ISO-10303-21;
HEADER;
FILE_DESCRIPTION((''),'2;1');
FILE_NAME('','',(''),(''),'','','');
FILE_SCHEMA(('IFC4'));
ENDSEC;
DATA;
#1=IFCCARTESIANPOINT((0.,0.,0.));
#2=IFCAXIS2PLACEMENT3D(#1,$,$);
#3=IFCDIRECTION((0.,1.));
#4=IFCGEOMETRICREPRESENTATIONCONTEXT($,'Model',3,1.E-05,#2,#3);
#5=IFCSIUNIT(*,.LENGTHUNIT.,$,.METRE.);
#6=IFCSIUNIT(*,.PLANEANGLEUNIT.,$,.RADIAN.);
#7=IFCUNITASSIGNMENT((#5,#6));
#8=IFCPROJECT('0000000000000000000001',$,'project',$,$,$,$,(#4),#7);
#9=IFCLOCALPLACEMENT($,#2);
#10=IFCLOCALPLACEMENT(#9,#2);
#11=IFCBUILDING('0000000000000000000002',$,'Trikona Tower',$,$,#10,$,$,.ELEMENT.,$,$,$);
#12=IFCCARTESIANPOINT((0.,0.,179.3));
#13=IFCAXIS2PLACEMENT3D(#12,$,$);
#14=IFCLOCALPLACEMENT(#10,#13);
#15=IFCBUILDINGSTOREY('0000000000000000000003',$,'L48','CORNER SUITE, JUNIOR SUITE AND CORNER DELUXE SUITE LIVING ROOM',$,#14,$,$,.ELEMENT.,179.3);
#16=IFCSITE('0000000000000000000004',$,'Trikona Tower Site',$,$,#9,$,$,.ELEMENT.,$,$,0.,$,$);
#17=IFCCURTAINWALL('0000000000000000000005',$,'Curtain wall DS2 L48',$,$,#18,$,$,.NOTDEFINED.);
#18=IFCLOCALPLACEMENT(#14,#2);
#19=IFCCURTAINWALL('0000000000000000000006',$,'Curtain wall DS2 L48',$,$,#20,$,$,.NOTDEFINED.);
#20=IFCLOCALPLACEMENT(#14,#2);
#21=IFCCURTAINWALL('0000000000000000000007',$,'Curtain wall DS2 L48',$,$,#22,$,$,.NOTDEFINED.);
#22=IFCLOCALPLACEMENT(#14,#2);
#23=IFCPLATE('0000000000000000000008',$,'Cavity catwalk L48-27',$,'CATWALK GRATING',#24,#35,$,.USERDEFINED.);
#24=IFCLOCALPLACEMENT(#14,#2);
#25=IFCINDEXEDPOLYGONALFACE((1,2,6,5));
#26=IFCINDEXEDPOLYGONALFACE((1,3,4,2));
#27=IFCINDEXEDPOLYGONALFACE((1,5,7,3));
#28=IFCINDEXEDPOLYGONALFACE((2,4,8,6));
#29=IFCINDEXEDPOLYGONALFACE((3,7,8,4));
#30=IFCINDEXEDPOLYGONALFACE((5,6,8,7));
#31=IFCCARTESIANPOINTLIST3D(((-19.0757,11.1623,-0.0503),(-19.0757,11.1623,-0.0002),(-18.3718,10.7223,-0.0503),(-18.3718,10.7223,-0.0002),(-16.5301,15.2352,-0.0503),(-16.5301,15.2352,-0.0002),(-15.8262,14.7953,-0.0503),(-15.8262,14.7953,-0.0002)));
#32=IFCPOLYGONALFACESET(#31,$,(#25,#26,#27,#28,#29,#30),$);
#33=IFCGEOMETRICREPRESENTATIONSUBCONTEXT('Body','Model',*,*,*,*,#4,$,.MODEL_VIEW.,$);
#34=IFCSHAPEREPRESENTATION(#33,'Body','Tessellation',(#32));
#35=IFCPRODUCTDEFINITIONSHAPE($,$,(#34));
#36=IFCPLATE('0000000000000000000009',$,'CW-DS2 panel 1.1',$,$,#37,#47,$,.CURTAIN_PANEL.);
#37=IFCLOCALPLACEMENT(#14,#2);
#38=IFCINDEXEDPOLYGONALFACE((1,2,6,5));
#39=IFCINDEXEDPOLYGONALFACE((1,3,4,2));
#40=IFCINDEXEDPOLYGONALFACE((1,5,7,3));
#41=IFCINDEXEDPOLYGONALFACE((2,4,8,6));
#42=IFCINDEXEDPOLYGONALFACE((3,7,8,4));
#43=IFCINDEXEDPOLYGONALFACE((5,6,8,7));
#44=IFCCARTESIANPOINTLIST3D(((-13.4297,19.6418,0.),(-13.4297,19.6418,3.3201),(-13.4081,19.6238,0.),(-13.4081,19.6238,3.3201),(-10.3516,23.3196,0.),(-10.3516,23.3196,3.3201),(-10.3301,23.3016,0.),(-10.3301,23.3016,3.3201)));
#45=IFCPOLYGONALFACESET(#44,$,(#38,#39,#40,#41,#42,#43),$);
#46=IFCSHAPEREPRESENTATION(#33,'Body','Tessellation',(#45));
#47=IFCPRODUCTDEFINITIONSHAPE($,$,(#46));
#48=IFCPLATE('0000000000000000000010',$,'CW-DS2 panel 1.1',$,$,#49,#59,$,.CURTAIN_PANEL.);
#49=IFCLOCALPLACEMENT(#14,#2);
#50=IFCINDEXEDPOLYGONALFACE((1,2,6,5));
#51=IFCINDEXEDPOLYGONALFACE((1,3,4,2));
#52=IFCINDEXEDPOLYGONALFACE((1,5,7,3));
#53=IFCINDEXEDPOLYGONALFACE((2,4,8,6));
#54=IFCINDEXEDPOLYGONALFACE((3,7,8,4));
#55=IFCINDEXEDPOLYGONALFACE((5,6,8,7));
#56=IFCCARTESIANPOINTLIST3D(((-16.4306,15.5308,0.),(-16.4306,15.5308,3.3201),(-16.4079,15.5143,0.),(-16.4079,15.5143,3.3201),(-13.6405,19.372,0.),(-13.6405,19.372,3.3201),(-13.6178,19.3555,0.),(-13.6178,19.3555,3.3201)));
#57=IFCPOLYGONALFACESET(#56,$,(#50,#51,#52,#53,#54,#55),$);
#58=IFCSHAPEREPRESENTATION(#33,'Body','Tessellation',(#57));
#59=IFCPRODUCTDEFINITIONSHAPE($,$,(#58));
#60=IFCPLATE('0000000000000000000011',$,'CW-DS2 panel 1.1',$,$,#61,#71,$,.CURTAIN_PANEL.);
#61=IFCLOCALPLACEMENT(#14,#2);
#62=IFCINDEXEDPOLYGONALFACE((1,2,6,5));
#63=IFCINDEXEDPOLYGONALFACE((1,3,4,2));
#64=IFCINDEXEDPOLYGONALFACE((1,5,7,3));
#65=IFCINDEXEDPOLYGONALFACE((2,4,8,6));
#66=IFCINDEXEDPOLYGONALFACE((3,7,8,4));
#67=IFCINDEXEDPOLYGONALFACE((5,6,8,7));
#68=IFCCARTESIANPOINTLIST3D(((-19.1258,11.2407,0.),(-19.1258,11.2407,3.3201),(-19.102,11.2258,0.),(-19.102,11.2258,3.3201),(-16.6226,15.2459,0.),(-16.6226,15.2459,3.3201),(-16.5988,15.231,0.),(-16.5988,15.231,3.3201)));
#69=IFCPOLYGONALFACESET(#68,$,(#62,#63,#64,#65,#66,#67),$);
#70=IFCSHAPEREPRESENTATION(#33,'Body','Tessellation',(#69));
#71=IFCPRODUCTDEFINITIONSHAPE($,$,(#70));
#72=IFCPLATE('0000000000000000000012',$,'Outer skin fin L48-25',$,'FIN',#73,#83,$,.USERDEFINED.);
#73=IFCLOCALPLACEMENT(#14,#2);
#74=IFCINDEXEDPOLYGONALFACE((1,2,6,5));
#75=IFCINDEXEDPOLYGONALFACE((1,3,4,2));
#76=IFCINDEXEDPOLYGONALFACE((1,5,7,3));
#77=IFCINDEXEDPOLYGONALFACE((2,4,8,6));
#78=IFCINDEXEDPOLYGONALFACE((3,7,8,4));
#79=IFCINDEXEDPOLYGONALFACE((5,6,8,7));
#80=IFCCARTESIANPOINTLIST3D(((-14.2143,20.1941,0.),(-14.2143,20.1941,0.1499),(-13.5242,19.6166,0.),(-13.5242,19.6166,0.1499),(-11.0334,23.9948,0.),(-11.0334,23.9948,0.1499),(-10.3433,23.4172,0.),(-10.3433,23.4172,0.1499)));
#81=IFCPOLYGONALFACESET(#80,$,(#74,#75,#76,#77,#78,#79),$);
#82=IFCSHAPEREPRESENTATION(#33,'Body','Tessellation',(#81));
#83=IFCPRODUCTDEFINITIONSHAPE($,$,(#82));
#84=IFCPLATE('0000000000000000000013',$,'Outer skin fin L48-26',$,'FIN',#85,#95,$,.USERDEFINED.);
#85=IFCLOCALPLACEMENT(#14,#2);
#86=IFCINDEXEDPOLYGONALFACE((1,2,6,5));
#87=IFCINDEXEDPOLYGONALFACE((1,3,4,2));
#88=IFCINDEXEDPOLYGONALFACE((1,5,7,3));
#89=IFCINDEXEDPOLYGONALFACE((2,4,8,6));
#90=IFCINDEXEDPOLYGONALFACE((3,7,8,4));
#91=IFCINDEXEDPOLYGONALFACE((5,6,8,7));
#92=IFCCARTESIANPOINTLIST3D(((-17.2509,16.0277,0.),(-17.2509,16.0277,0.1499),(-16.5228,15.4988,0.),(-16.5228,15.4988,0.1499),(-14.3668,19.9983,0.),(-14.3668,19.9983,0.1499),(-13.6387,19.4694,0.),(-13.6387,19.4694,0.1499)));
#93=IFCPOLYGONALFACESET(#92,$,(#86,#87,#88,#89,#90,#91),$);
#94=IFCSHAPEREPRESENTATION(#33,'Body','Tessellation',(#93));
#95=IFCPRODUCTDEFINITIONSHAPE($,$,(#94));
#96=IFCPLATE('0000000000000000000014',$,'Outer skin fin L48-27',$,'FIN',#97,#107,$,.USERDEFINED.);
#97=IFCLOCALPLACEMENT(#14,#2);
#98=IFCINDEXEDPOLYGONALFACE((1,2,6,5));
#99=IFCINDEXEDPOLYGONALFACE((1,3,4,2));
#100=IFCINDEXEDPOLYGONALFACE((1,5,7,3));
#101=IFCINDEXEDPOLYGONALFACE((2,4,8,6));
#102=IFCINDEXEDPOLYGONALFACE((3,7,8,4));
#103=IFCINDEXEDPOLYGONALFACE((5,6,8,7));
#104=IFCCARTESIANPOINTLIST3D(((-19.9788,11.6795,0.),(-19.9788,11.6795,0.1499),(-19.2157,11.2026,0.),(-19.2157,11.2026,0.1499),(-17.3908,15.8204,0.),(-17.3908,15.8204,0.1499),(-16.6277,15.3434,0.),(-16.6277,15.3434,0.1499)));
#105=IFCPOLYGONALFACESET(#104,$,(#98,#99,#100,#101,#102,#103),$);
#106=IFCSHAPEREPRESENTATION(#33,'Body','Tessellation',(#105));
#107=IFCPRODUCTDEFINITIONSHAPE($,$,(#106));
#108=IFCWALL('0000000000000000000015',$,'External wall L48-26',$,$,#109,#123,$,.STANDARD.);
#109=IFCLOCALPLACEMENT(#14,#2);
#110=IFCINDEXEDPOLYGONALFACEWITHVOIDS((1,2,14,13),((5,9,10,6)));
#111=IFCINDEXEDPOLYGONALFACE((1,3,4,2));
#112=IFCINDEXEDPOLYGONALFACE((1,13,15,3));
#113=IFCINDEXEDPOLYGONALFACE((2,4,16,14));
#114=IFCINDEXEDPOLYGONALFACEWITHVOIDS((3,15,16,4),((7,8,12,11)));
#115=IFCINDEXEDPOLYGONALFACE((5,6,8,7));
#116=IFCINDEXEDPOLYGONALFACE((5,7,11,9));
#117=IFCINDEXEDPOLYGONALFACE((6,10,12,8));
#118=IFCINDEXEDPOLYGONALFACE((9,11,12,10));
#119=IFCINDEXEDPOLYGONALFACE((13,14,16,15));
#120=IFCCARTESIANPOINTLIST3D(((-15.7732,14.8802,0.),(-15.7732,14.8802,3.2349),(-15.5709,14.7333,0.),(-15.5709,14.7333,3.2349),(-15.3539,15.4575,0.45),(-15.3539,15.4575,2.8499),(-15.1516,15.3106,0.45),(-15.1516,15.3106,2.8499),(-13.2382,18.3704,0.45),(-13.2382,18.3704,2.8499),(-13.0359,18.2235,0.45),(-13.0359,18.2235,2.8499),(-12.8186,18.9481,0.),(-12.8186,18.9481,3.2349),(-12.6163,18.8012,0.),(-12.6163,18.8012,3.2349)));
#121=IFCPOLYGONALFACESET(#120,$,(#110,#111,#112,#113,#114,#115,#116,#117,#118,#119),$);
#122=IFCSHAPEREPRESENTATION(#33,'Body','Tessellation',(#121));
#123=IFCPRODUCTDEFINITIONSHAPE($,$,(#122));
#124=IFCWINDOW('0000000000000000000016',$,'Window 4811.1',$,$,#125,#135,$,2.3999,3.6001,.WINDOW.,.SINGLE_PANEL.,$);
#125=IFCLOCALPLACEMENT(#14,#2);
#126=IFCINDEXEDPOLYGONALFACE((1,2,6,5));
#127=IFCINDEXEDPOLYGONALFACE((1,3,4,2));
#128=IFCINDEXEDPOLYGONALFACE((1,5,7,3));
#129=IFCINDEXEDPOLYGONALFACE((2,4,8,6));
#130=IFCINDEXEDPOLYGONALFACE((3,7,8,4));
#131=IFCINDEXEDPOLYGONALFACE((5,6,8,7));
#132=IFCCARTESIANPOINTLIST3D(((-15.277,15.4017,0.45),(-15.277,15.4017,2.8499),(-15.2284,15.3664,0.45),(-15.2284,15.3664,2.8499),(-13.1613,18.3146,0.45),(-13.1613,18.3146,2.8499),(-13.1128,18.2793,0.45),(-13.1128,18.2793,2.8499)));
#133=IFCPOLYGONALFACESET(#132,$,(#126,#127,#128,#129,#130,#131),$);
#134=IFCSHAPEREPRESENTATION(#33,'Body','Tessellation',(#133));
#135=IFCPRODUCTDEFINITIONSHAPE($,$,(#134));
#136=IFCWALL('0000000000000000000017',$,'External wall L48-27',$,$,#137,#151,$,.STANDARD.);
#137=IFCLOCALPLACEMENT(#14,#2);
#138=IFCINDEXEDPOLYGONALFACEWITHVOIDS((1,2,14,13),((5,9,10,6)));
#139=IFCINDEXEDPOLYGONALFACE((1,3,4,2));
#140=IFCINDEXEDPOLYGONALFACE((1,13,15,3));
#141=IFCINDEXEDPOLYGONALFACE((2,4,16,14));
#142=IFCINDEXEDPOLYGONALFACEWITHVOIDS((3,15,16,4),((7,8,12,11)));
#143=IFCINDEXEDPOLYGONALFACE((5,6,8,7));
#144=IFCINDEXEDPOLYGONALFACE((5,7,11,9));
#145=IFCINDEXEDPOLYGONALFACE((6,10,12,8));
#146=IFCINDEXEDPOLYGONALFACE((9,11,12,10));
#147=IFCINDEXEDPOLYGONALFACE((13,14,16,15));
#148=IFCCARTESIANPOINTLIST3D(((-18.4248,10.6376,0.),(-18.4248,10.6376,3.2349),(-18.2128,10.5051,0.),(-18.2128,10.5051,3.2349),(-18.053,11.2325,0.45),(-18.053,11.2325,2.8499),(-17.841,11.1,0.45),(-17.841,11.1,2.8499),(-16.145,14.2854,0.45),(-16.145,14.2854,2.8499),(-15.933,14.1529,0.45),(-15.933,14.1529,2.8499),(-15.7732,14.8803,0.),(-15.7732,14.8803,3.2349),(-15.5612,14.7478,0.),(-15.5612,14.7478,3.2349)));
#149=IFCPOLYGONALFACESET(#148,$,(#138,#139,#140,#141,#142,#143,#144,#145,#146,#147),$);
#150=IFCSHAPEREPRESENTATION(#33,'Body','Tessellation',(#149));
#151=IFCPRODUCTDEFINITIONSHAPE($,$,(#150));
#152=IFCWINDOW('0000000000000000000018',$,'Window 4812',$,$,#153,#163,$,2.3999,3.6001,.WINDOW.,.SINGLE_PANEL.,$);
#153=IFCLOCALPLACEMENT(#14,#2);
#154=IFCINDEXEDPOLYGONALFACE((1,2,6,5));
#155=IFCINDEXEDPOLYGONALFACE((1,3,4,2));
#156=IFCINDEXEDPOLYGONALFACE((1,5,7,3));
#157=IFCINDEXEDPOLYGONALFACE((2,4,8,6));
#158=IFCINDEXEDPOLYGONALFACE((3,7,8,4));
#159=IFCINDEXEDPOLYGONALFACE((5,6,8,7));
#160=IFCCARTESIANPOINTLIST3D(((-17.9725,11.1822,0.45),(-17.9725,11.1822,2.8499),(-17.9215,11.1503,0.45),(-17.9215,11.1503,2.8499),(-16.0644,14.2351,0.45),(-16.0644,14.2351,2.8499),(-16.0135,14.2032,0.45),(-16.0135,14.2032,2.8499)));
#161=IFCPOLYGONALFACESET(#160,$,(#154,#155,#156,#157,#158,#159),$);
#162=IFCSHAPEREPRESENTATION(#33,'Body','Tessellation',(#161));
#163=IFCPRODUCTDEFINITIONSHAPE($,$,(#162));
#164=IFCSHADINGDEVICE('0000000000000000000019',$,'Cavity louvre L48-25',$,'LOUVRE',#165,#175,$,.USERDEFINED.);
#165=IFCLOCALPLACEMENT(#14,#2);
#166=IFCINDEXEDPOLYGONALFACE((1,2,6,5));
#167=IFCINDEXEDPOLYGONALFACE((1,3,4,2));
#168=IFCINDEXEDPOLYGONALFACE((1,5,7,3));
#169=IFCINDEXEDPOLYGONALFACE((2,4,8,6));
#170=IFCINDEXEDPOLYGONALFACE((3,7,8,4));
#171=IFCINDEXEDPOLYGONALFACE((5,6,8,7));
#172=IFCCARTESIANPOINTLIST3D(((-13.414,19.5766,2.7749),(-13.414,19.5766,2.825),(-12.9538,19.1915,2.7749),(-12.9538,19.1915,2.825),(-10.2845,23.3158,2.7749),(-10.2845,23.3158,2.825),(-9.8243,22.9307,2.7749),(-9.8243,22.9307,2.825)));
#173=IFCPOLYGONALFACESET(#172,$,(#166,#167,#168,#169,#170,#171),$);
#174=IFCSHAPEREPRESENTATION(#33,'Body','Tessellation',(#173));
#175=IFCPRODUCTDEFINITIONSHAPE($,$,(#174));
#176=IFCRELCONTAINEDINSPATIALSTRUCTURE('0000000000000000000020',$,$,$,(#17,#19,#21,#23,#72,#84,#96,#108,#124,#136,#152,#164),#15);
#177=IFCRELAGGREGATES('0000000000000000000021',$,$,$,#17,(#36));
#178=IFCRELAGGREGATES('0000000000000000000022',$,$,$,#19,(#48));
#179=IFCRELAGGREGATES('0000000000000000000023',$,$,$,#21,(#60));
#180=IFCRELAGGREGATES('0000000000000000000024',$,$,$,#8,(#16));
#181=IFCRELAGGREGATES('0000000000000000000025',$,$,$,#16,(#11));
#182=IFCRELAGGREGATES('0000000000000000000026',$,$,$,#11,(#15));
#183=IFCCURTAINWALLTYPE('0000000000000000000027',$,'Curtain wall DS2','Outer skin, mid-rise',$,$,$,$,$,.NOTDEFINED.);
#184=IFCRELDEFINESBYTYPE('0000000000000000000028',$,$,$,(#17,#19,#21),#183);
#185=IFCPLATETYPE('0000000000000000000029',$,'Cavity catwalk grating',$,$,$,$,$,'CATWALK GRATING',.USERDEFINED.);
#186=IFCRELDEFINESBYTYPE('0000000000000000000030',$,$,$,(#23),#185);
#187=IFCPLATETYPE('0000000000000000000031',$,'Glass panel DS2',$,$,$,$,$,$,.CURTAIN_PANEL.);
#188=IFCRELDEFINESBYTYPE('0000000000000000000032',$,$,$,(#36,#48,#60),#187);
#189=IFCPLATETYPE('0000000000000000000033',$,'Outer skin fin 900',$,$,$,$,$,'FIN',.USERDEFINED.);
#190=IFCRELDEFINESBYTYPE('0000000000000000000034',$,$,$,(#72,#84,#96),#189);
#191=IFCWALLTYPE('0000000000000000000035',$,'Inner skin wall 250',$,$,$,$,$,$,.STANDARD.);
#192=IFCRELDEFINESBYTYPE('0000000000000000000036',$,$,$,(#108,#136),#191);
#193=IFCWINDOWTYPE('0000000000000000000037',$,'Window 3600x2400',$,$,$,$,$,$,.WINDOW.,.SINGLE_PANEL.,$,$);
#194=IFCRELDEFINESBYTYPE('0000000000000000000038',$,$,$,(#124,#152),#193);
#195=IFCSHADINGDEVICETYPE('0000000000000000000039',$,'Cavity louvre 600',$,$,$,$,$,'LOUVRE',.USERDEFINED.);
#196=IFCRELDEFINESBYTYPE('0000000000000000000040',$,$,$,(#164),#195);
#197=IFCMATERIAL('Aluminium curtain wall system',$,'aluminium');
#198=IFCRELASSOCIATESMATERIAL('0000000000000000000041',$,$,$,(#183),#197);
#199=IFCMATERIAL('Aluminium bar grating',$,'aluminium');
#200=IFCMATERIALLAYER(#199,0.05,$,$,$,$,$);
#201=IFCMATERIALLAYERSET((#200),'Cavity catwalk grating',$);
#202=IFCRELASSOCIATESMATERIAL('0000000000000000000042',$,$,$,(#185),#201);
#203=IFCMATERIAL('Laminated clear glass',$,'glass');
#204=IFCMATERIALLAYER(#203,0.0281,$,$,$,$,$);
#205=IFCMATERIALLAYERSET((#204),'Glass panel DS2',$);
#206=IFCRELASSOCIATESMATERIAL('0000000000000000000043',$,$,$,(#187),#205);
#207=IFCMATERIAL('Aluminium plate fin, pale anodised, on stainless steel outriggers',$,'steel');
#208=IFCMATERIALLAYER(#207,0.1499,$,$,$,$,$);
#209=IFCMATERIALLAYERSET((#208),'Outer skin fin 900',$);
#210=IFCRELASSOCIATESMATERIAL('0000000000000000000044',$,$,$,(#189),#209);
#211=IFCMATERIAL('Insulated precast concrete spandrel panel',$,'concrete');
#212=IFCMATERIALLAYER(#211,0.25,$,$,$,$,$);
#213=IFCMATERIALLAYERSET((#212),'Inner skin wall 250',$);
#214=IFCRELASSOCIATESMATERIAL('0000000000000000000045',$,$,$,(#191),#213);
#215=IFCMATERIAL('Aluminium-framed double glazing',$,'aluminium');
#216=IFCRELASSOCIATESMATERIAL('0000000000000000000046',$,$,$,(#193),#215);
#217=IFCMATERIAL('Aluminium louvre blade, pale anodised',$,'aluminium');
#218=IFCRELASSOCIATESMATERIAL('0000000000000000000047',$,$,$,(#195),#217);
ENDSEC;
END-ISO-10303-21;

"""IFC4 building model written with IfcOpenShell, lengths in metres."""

from ifc_helpers import new_model, si_unit, direction, frame, frame_2d, origin, origin_2d, place, context, subcontext, project, spatial, rectangle, extrude, material, layer, layer_set, type_object, element, fill, aggregate, save


model = new_model("IFC4")

# Units and contexts
model_context = context("Model", 3, precision=1e-05, world=origin(), true_north=direction((0.0, 1.0)))
body_context = subcontext(model_context, "Body", "Model", "MODEL_VIEW")
ifc_project = project(units=[si_unit("LENGTHUNIT", "METRE"), si_unit("PLANEANGLEUNIT", "RADIAN")], contexts=[model_context])

# Site, building, storey
site_placement = place(None, origin())
site = spatial("IfcSite", under=ifc_project, at=site_placement, Name="Trikona Tower Site", CompositionType="ELEMENT", RefElevation=0.0)
building_placement = place(site_placement, origin())
building = spatial("IfcBuilding", under=site, at=building_placement, Name="Trikona Tower", CompositionType="ELEMENT")
storey_placement = place(building_placement, frame((0.0, 0.0, 179.3)))
storey = spatial("IfcBuildingStorey", under=building, at=storey_placement, Name="L48", Description="CORNER SUITE, JUNIOR SUITE AND CORNER DELUXE SUITE LIVING ROOM", CompositionType="ELEMENT", Elevation=179.3)

# Curtain walls
ifc_material_1 = material(Name="Aluminium curtain wall system", Category="aluminium")
curtain_wall_type = type_object("IfcCurtainWallType", Name="Curtain wall DS2", Description="Outer skin, mid-rise", PredefinedType="NOTDEFINED", material=ifc_material_1)
curtain_wall_1_placement = place(storey_placement, origin())
curtain_wall_1 = element("IfcCurtainWall", 1, at=curtain_wall_1_placement, inside=storey, type_object=curtain_wall_type, Name="Curtain wall DS2 L48", PredefinedType="NOTDEFINED")
curtain_wall_2_placement = place(storey_placement, origin())
curtain_wall_2 = element("IfcCurtainWall", 2, at=curtain_wall_2_placement, inside=storey, type_object=curtain_wall_type, Name="Curtain wall DS2 L48", PredefinedType="NOTDEFINED")

# Curtain wall
curtain_wall_3_placement = place(storey_placement, origin())
curtain_wall_3 = element("IfcCurtainWall", 3, at=curtain_wall_3_placement, inside=storey, type_object=curtain_wall_type, Name="Curtain wall DS2 L48", PredefinedType="NOTDEFINED")

# Plate
ifc_material_2 = material(Name="Aluminium bar grating", Category="aluminium")
ifc_layer_1 = layer(ifc_material_2, 0.05)
ifc_layer_set_1 = layer_set([ifc_layer_1], Name="Cavity catwalk grating")
plate_type_1 = type_object("IfcPlateType", Name="Cavity catwalk grating", ElementType="CATWALK GRATING", PredefinedType="USERDEFINED", material=ifc_layer_set_1)
plate_1_placement = place(storey_placement, frame((-17.4509, 12.9788, -0.0503), z_axis=(0.0, 0.0, 1.0), x_axis=(-0.529995, -0.848001, 0.0)))
element("IfcPlate", 4, at=plate_1_placement, inside=storey, type_object=plate_type_1, Name="Cavity catwalk L48-27", ObjectType="CATWALK GRATING", PredefinedType="USERDEFINED", context=body_context, shape_type="SweptSolid", body=[
    extrude(rectangle(XDim=4.803, YDim=0.8301, at=origin_2d()), origin(), (0.0, 0.0, 1.0), 0.05),
])

# Plates
ifc_material_3 = material(Name="Laminated clear glass", Category="glass")
ifc_layer_2 = layer(ifc_material_3, 0.0281)
ifc_layer_set_2 = layer_set([ifc_layer_2], Name="Glass panel DS2")
plate_type_2 = type_object("IfcPlateType", Name="Glass panel DS2", PredefinedType="CURTAIN_PANEL", material=ifc_layer_set_2)
plate_2_placement = place(storey_placement, frame((-11.8799, 21.4717, 0.0), z_axis=(0.0, 0.0, 1.0), x_axis=(-0.641806, -0.766867, 0.0)))
plate_2 = element("IfcPlate", 5, at=plate_2_placement, type_object=plate_type_2, Name="CW-DS2 panel 1.1", PredefinedType="CURTAIN_PANEL", context=body_context, shape_type="SweptSolid", body=[
    extrude(rectangle(XDim=4.7959, YDim=0.0281, at=origin_2d()), origin(), (0.0, 0.0, 1.0), 3.3201),
])
aggregate(curtain_wall_1, [plate_2])
plate_3_placement = place(storey_placement, frame((-15.0242, 17.4431, 0.0), z_axis=(0.0, 0.0, 1.0), x_axis=(-0.587691, -0.809086, 0.0)))
plate_3 = element("IfcPlate", 6, at=plate_3_placement, type_object=plate_type_2, Name="CW-DS2 panel 1.1", PredefinedType="CURTAIN_PANEL", context=body_context, shape_type="SweptSolid", body=[
    extrude(rectangle(XDim=4.7476, YDim=0.0281, at=origin_2d()), origin(), (0.0, 0.0, 1.0), 3.3201),
])
aggregate(curtain_wall_2, [plate_3])
plate_4_placement = place(storey_placement, frame((-17.8623, 13.2358, 0.0), z_axis=(0.0, 0.0, 1.0), x_axis=(-0.529999, -0.847998, 0.0)))
plate_4 = element("IfcPlate", 7, at=plate_4_placement, type_object=plate_type_2, Name="CW-DS2 panel 1.1", PredefinedType="CURTAIN_PANEL", context=body_context, shape_type="SweptSolid", body=[
    extrude(rectangle(XDim=4.7231, YDim=0.0281, at=origin_2d()), origin(), (0.0, 0.0, 1.0), 3.3201),
])
aggregate(curtain_wall_3, [plate_4])

# Plates
ifc_material_4 = material(Name="Aluminium plate fin, pale anodised, on stainless steel outriggers", Category="steel")
ifc_layer_3 = layer(ifc_material_4, 0.1499)
ifc_layer_set_3 = layer_set([ifc_layer_3], Name="Outer skin fin 900")
plate_type_3 = type_object("IfcPlateType", Name="Outer skin fin 900", ElementType="FIN", PredefinedType="USERDEFINED", material=ifc_layer_set_3)
plate_5_placement = place(storey_placement, frame((-12.2788, 21.8057, 0.0), z_axis=(0.0, 0.0, 1.0), x_axis=(-0.641807, -0.766866, 0.0)))
element("IfcPlate", 8, at=plate_5_placement, inside=storey, type_object=plate_type_3, Name="Outer skin fin L48-25", ObjectType="FIN", PredefinedType="USERDEFINED", context=body_context, shape_type="SweptSolid", body=[
    extrude(rectangle(XDim=4.9561, YDim=0.8999, at=origin_2d()), origin(), (0.0, 0.0, 1.0), 0.1499),
])
plate_6_placement = place(storey_placement, frame((-15.4448, 17.7485, 0.0), z_axis=(0.0, 0.0, 1.0), x_axis=(-0.587686, -0.809089, 0.0)))
element("IfcPlate", 9, at=plate_6_placement, inside=storey, type_object=plate_type_3, Name="Outer skin fin L48-26", ObjectType="FIN", PredefinedType="USERDEFINED", context=body_context, shape_type="SweptSolid", body=[
    extrude(rectangle(XDim=4.9075, YDim=0.8999, at=origin_2d()), origin(), (0.0, 0.0, 1.0), 0.1499),
])
plate_7_placement = place(storey_placement, frame((-18.3032, 13.5115, 0.0), z_axis=(0.0, 0.0, 1.0), x_axis=(-0.529995, -0.848001, 0.0)))
element("IfcPlate", 10, at=plate_7_placement, inside=storey, type_object=plate_type_3, Name="Outer skin fin L48-27", ObjectType="FIN", PredefinedType="USERDEFINED", context=body_context, shape_type="SweptSolid", body=[
    extrude(rectangle(XDim=4.8831, YDim=0.8999, at=origin_2d()), origin(), (0.0, 0.0, 1.0), 0.1499),
])

# Walls, openings, windows
ifc_material_5 = material(Name="Insulated precast concrete spandrel panel", Category="concrete")
ifc_layer_4 = layer(ifc_material_5, 0.25)
ifc_layer_set_4 = layer_set([ifc_layer_4], Name="Inner skin wall 250")
wall_type = type_object("IfcWallType", Name="Inner skin wall 250", PredefinedType="STANDARD", material=ifc_layer_set_4)
wall_1_placement = place(storey_placement, frame((-12.7175, 18.8745, 0.0), z_axis=(0.0, 0.0, 1.0), x_axis=(-0.587669, -0.809101, 0.0)))
wall_1 = element("IfcWall", 11, at=wall_1_placement, inside=storey, type_object=wall_type, Name="External wall L48-26", PredefinedType="STANDARD", context=body_context, shape_type="SweptSolid", body=[
    extrude(rectangle(XDim=5.0276, YDim=0.25, at=frame_2d((2.5137, 0.0))), origin(), (0.0, 0.0, 1.0), 3.2349),
])
opening_1_placement = place(wall_1_placement, frame((0.7139, 0.0, 0.45)))
opening_1 = element("IfcOpeningElement", 12, at=opening_1_placement, cuts=wall_1, PredefinedType="OPENING", context=body_context, shape_type="SweptSolid", body=[
    extrude(rectangle(XDim=3.6001, YDim=2.3999, at=frame_2d((1.8, 1.2))), frame((0.0, 0.135, 0.0), z_axis=(0.0, -1.0, 0.0), x_axis=(1.0, 0.0, 0.0)), (0.0, 0.0, 1.0), 0.27),
])
ifc_material_6 = material(Name="Aluminium-framed double glazing", Category="aluminium")
window_type = type_object("IfcWindowType", Name="Window 3600x2400", PartitioningType="SINGLE_PANEL", PredefinedType="WINDOW", material=ifc_material_6)
window_1_placement = place(opening_1_placement, origin())
window_1 = element("IfcWindow", 13, at=window_1_placement, inside=storey, type_object=window_type, Name="Window 4811.1", OverallHeight=2.3999, OverallWidth=3.6001, PartitioningType="SINGLE_PANEL", PredefinedType="WINDOW", context=body_context, shape_type="SweptSolid", body=[
    extrude(rectangle(XDim=3.6001, YDim=2.3999, at=frame_2d((1.8, 1.2))), frame((0.0, 0.03, 0.0), z_axis=(0.0, -1.0, 0.0), x_axis=(1.0, 0.0, 0.0)), (0.0, 0.0, 1.0), 0.0601),
])
fill(opening_1, window_1)
wall_2_placement = place(storey_placement, frame((-15.6672, 14.814, 0.0), z_axis=(0.0, 0.0, 1.0), x_axis=(-0.52999, -0.848004, 0.0)))
wall_2 = element("IfcWall", 14, at=wall_2_placement, inside=storey, type_object=wall_type, Name="External wall L48-27", PredefinedType="STANDARD", context=body_context, shape_type="SweptSolid", body=[
    extrude(rectangle(XDim=5.0032, YDim=0.25, at=frame_2d((2.5015, 0.0))), origin(), (0.0, 0.0, 1.0), 3.2349),
])
opening_2_placement = place(wall_2_placement, frame((0.7014, 0.0, 0.45)))
opening_2 = element("IfcOpeningElement", 15, at=opening_2_placement, cuts=wall_2, PredefinedType="OPENING", context=body_context, shape_type="SweptSolid", body=[
    extrude(rectangle(XDim=3.6001, YDim=2.3999, at=frame_2d((1.8, 1.2))), frame((0.0, 0.135, 0.0), z_axis=(0.0, -1.0, 0.0), x_axis=(1.0, 0.0, 0.0)), (0.0, 0.0, 1.0), 0.27),
])
window_2_placement = place(opening_2_placement, origin())
window_2 = element("IfcWindow", 16, at=window_2_placement, inside=storey, type_object=window_type, Name="Window 4812", OverallHeight=2.3999, OverallWidth=3.6001, PartitioningType="SINGLE_PANEL", PredefinedType="WINDOW", context=body_context, shape_type="SweptSolid", body=[
    extrude(rectangle(XDim=3.6001, YDim=2.3999, at=frame_2d((1.8, 1.2))), frame((0.0, 0.03, 0.0), z_axis=(0.0, -1.0, 0.0), x_axis=(1.0, 0.0, 0.0)), (0.0, 0.0, 1.0), 0.0601),
])
fill(opening_2, window_2)

# Shading device
ifc_material_7 = material(Name="Aluminium louvre blade, pale anodised", Category="aluminium")
shading_device_type = type_object("IfcShadingDeviceType", Name="Cavity louvre 600", ElementType="LOUVRE", PredefinedType="USERDEFINED", material=ifc_material_7)
shading_device_1_placement = place(storey_placement, frame((-11.6191, 21.2537, 2.7749), z_axis=(0.0, 0.0, 1.0), x_axis=(-0.641807, -0.766866, 0.0)))
element("IfcShadingDevice", 17, at=shading_device_1_placement, inside=storey, type_object=shading_device_type, Name="Cavity louvre L48-25", ObjectType="LOUVRE", PredefinedType="USERDEFINED", context=body_context, shape_type="SweptSolid", body=[
    extrude(rectangle(XDim=4.876, YDim=0.6001, at=origin_2d()), origin(), (0.0, 0.0, 1.0), 0.05),
])

save(model, "model.ifc")
